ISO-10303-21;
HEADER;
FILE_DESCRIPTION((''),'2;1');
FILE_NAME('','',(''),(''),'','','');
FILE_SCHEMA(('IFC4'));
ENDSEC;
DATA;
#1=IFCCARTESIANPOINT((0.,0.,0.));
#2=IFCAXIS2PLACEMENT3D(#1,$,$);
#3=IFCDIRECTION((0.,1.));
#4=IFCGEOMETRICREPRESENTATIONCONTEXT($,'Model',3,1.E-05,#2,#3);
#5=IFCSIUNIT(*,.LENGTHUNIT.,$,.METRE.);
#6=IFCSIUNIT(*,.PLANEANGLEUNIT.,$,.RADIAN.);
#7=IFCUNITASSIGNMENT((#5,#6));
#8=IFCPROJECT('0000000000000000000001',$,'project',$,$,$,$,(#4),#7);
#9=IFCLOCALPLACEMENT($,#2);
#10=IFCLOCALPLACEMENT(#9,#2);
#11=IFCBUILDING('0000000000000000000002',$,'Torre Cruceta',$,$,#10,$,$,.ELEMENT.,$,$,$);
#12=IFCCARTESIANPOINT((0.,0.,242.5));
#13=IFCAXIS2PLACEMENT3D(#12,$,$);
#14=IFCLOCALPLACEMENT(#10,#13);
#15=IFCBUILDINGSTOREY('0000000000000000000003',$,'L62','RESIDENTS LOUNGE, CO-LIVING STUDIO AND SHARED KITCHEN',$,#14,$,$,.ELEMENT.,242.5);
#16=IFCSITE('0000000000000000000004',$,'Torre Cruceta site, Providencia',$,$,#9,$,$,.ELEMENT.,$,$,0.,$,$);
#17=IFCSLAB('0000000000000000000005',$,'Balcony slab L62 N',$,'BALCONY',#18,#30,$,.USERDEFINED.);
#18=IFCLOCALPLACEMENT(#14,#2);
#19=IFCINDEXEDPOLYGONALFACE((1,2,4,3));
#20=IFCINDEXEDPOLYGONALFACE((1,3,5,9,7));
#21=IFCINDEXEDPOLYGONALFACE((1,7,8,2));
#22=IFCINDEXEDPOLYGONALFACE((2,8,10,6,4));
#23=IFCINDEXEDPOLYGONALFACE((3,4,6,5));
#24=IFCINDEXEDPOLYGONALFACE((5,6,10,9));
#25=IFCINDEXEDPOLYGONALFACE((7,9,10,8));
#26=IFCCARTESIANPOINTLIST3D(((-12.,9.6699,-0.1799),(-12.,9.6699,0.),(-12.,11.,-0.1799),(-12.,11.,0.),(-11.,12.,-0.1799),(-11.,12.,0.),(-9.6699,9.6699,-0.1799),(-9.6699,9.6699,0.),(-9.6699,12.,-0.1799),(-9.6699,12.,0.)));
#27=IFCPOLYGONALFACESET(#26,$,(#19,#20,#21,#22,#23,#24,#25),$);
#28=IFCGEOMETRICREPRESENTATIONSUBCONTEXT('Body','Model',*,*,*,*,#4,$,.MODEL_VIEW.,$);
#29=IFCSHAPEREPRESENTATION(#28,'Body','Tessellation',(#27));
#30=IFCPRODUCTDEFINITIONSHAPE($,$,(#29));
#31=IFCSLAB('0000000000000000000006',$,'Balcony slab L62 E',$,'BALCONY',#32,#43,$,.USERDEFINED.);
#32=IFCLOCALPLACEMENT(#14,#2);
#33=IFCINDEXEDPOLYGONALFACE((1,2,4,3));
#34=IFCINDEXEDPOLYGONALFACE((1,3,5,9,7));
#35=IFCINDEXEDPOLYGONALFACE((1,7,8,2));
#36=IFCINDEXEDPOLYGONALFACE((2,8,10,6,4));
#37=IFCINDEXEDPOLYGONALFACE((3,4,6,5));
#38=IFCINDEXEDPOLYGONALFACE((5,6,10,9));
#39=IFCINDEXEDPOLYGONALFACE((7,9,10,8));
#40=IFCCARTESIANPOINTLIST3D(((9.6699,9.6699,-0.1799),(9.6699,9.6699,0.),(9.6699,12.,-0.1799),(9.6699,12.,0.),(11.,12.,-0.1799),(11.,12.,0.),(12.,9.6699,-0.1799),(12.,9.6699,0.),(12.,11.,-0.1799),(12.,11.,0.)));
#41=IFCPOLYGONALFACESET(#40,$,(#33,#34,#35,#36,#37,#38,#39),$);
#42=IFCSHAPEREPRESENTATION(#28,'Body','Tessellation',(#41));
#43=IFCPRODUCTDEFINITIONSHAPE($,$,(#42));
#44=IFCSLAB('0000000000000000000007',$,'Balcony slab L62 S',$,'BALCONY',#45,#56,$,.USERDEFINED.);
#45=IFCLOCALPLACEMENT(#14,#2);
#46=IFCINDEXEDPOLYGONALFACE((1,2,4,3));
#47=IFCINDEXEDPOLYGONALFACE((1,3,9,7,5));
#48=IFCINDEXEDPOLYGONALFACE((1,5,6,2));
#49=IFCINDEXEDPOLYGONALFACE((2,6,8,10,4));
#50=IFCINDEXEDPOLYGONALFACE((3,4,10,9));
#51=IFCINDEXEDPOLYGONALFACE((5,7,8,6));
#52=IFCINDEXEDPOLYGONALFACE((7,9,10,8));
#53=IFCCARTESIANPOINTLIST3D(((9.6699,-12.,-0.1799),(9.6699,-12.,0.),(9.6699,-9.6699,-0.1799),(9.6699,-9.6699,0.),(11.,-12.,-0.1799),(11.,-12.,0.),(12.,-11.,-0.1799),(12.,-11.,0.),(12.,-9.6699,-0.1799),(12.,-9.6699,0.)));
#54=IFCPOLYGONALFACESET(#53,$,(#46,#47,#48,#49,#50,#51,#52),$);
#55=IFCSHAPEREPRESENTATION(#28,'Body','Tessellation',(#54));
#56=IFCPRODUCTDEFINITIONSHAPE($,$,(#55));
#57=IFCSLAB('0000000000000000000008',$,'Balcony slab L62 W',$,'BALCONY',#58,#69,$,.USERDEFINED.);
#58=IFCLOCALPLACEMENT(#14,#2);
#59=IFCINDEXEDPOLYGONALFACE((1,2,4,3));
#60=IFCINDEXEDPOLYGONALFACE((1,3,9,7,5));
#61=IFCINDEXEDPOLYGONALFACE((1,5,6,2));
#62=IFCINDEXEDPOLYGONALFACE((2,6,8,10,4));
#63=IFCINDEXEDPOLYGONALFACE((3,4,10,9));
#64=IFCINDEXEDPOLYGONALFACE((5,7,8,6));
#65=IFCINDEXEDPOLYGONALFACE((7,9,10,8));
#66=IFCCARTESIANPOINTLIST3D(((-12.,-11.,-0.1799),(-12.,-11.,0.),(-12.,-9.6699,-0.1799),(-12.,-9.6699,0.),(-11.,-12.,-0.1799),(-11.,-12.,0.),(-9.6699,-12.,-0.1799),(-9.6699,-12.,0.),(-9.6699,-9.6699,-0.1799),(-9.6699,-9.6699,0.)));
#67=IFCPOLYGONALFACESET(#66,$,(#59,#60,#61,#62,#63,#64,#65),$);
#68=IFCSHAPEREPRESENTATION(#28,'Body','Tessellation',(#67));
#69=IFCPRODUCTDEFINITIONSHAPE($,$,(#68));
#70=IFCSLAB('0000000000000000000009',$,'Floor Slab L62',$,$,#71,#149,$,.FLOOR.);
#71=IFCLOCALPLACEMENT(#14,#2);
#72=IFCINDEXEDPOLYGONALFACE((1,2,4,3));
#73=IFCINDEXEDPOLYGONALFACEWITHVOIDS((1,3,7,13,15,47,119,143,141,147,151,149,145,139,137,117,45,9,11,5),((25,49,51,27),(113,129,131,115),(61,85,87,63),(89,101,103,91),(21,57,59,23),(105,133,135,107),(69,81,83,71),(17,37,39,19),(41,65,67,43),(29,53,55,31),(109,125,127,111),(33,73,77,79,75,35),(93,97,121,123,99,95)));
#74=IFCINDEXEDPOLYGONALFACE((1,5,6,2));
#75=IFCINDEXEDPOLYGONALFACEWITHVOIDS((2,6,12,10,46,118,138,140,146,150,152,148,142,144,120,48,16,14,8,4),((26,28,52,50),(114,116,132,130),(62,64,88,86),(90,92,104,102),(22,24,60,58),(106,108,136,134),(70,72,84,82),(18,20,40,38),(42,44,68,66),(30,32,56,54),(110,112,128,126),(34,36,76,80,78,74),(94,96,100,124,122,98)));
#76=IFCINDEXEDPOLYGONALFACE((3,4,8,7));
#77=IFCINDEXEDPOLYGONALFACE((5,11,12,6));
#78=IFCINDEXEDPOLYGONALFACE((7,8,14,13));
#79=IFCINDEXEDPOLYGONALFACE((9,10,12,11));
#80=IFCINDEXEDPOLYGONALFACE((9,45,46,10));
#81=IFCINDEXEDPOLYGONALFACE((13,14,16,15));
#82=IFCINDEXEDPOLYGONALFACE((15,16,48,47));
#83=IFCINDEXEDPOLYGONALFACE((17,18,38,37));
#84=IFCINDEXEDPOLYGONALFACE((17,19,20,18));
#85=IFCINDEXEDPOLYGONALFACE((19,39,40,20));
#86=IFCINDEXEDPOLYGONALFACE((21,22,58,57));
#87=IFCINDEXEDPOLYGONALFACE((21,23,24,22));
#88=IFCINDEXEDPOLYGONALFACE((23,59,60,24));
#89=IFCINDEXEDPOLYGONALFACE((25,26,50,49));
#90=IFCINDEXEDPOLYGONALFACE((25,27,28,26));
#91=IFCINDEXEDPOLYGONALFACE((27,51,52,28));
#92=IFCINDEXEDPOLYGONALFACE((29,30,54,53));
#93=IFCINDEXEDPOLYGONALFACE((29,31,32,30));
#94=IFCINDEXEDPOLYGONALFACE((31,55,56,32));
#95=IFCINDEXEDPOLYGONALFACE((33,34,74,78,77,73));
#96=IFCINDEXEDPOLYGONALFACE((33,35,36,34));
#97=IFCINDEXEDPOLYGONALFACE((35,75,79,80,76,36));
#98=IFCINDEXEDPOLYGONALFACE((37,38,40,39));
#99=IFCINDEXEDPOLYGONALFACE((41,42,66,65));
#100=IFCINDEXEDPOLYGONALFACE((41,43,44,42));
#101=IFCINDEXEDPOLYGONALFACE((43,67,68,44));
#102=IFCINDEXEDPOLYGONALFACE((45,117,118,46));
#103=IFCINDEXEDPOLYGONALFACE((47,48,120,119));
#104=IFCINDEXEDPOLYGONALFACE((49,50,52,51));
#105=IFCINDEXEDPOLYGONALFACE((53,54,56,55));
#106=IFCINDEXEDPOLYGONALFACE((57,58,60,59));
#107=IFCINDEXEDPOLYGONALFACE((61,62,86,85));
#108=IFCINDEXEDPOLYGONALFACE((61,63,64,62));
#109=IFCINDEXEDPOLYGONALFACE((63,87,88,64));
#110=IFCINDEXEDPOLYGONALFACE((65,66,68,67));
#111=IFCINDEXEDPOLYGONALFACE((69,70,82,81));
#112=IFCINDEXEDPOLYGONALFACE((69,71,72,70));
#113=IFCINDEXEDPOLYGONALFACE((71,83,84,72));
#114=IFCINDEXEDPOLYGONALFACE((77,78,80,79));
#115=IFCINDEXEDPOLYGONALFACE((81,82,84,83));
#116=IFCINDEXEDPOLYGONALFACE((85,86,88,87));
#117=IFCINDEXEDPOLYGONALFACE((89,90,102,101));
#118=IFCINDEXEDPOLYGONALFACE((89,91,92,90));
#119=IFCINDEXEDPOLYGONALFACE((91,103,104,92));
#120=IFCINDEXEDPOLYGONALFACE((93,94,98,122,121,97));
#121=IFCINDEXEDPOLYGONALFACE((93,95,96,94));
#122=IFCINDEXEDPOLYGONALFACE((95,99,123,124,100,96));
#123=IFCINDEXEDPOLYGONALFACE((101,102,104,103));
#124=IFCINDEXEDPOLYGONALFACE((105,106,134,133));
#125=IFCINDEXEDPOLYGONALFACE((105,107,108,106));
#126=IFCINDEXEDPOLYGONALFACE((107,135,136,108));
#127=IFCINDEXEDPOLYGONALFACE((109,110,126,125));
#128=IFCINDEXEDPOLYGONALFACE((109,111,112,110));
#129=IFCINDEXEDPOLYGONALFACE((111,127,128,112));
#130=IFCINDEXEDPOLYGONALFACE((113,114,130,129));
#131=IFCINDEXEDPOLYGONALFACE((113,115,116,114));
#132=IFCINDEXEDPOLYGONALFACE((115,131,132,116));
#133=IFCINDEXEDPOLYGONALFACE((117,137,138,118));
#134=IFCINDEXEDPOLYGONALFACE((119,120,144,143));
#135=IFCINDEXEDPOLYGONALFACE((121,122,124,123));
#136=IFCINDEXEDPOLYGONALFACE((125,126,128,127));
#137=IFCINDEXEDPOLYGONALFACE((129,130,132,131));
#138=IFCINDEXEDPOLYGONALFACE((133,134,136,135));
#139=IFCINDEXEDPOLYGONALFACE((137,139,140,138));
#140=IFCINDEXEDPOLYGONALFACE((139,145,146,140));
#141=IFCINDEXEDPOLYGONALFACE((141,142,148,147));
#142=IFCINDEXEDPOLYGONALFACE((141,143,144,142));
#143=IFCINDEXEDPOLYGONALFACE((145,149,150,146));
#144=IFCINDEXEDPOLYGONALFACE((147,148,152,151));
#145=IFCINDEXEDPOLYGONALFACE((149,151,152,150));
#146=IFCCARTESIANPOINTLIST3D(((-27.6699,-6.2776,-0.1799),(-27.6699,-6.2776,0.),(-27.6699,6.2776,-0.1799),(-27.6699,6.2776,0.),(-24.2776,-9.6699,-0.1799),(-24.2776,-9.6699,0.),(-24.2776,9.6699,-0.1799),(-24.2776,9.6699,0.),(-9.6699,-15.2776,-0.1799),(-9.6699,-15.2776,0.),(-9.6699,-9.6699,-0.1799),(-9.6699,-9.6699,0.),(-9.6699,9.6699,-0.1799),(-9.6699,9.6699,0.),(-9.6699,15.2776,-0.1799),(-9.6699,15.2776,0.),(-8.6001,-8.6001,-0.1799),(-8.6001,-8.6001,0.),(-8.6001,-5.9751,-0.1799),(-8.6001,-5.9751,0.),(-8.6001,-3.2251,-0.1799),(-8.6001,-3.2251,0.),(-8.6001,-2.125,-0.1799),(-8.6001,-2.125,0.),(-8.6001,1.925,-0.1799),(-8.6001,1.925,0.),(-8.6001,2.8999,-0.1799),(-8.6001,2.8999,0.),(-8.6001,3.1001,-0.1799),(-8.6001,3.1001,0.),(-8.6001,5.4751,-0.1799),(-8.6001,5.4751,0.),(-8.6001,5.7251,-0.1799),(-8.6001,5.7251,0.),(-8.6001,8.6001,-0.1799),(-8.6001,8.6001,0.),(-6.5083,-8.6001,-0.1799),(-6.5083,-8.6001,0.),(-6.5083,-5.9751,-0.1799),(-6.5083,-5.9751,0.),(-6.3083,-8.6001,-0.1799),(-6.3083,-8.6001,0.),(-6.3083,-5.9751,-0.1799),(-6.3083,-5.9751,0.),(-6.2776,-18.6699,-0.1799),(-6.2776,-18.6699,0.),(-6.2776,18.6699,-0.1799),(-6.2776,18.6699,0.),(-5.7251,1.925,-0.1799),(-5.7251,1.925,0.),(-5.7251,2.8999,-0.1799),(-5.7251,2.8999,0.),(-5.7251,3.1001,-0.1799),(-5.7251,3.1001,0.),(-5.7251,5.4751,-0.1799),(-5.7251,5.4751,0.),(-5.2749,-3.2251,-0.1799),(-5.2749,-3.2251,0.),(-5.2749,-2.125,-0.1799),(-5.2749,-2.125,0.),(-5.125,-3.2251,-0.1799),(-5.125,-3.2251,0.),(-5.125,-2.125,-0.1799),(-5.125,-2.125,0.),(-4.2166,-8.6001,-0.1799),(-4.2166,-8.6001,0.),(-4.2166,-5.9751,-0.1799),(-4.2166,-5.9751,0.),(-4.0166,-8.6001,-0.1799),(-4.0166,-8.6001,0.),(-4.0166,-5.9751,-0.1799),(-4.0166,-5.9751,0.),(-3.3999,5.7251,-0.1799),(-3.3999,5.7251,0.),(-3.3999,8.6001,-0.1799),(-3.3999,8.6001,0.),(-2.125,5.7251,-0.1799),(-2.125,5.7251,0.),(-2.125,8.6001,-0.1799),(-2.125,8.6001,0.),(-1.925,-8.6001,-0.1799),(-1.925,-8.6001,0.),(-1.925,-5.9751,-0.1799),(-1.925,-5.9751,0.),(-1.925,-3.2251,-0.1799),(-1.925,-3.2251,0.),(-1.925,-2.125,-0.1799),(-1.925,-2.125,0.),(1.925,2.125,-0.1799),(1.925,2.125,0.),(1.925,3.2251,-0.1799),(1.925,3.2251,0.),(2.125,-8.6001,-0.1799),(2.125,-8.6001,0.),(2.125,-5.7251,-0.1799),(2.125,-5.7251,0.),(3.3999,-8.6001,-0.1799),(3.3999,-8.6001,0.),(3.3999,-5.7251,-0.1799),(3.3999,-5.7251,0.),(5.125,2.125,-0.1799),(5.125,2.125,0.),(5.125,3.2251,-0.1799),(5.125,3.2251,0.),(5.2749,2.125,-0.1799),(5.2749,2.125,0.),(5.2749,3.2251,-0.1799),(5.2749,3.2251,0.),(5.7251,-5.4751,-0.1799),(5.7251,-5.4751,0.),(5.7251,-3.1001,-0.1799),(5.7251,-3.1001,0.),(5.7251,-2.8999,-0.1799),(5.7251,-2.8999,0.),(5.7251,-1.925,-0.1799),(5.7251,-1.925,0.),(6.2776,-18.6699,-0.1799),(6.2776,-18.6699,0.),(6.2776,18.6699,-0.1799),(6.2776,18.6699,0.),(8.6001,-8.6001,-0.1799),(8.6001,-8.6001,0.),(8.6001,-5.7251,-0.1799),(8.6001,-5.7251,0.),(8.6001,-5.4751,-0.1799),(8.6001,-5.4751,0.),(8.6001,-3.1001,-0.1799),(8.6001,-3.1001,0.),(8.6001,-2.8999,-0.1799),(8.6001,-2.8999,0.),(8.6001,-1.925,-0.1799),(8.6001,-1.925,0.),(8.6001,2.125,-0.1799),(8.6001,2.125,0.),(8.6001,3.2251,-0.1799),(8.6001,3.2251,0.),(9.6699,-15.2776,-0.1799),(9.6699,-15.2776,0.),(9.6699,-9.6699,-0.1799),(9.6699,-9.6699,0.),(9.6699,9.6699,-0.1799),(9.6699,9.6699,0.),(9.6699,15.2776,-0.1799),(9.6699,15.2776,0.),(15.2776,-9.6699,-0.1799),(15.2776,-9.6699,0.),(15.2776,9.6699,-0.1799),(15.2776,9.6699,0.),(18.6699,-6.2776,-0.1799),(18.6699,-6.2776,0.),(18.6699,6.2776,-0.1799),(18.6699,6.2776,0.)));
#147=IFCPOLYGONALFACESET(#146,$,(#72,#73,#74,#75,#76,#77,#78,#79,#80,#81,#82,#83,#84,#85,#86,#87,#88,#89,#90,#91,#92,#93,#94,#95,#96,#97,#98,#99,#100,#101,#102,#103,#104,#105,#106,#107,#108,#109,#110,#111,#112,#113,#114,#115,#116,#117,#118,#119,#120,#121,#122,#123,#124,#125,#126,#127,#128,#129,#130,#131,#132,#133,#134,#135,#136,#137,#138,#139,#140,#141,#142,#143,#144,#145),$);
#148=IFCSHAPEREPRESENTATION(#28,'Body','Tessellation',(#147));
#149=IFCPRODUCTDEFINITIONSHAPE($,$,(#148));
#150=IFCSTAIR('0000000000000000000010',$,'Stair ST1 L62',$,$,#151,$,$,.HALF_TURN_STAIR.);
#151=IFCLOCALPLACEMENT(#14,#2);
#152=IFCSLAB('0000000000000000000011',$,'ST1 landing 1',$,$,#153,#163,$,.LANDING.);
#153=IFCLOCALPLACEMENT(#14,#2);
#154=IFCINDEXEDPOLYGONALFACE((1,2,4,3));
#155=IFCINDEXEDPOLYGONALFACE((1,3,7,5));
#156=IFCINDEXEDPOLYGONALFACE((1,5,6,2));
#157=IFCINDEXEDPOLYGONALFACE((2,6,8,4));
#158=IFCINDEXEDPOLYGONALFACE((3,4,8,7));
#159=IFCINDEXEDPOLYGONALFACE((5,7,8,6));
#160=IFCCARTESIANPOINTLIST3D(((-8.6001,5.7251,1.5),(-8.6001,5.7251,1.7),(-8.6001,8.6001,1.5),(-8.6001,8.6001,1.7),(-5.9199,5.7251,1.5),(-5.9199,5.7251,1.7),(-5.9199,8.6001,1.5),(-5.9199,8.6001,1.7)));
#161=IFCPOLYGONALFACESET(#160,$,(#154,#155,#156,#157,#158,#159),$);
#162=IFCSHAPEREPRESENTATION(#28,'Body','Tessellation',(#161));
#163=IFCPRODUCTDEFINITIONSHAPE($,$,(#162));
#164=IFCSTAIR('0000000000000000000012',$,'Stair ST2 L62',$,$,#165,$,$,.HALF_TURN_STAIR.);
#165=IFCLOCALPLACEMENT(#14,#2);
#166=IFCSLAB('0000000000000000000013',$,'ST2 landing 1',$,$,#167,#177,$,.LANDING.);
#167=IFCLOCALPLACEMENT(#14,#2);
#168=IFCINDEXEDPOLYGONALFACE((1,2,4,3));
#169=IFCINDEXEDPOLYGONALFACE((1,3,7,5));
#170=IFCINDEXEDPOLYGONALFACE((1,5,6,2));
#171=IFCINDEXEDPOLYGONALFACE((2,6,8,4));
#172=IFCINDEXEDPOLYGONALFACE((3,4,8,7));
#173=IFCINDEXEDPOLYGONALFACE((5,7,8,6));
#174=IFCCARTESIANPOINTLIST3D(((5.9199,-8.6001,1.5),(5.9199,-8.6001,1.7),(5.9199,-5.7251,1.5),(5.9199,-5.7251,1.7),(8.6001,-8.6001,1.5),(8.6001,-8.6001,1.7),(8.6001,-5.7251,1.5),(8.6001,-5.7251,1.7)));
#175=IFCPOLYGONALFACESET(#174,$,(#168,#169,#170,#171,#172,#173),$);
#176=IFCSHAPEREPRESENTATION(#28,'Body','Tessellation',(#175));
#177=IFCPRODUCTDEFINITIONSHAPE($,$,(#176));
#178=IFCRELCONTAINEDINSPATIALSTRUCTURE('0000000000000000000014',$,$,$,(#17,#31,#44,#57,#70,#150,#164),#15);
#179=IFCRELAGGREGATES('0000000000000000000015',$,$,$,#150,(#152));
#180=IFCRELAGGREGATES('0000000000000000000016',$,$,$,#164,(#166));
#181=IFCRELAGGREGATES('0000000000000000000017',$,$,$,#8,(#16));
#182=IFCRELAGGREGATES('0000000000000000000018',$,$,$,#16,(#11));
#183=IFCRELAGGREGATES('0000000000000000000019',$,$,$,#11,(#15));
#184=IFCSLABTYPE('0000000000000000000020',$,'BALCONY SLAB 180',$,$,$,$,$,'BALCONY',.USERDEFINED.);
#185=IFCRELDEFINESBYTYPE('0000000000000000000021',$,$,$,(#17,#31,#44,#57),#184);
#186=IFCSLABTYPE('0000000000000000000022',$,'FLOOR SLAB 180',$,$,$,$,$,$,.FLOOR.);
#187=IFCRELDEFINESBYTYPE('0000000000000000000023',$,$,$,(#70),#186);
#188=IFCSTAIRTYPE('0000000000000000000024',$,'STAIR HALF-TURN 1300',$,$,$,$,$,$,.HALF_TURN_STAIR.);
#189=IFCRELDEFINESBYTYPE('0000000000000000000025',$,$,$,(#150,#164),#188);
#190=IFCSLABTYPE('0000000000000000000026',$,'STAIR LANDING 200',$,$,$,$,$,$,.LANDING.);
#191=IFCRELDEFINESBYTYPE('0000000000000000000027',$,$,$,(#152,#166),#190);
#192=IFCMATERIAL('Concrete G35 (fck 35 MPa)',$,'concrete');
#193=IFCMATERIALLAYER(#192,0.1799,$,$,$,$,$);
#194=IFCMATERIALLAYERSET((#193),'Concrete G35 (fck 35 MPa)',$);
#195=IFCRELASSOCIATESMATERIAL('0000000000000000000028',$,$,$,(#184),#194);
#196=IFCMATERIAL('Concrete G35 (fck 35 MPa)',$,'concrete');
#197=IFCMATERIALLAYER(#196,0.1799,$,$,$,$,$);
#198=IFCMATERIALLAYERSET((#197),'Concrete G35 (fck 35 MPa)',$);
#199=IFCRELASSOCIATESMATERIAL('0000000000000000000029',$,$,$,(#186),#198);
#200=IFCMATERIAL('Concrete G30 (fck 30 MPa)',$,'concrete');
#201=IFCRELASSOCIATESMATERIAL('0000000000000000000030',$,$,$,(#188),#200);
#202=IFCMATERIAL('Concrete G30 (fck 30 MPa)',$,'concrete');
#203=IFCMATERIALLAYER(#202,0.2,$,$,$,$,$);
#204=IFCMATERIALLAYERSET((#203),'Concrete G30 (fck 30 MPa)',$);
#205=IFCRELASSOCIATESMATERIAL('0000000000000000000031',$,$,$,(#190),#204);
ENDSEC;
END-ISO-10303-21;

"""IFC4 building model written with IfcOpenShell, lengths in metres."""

from ifc_helpers import new_model, si_unit, direction, frame, origin, place, context, subcontext, project, spatial, polyline, outline, extrude, material, layer, layer_set, type_object, element, aggregate, save


model = new_model("IFC4")

# Units and contexts
model_context = context("Model", 3, precision=1e-05, world=origin(), true_north=direction((0.0, 1.0)))
body_context = subcontext(model_context, "Body", "Model", "MODEL_VIEW")
ifc_project = project(units=[si_unit("LENGTHUNIT", "METRE"), si_unit("PLANEANGLEUNIT", "RADIAN")], contexts=[model_context])

# Site, building, storey
site_placement = place(None, origin())
site = spatial("IfcSite", under=ifc_project, at=site_placement, Name="Torre Cruceta site, Providencia", CompositionType="ELEMENT", RefElevation=0.0)
building_placement = place(site_placement, origin())
building = spatial("IfcBuilding", under=site, at=building_placement, Name="Torre Cruceta", CompositionType="ELEMENT")
storey_placement = place(building_placement, frame((0.0, 0.0, 242.5)))
storey = spatial("IfcBuildingStorey", under=building, at=storey_placement, Name="L62", Description="RESIDENTS LOUNGE, CO-LIVING STUDIO AND SHARED KITCHEN", CompositionType="ELEMENT", Elevation=242.5)

# Slabs
ifc_material_1 = material(Name="Concrete G35 (fck 35 MPa)", Category="concrete")
ifc_layer_1 = layer(ifc_material_1, 0.1799)
ifc_layer_set_1 = layer_set([ifc_layer_1], Name="Concrete G35 (fck 35 MPa)")
slab_type_1 = type_object("IfcSlabType", Name="BALCONY SLAB 180", ElementType="BALCONY", PredefinedType="USERDEFINED", material=ifc_layer_set_1)
slab_1_placement = place(storey_placement, frame((0.0, 0.0, -0.1799)))
element("IfcSlab", 1, at=slab_1_placement, inside=storey, type_object=slab_type_1, Name="Balcony slab L62 N", ObjectType="BALCONY", PredefinedType="USERDEFINED", context=body_context, shape_type="SweptSolid", body=[
    extrude(outline(polyline([(-12.0, 11.0), (-11.0, 12.0), (-9.6699, 12.0), (-9.6699, 9.6699), (-12.0, 9.6699), (-12.0, 11.0)])), origin(), (0.0, 0.0, 1.0), 0.1799),
])
slab_2_placement = place(storey_placement, frame((0.0, 0.0, -0.1799)))
element("IfcSlab", 2, at=slab_2_placement, inside=storey, type_object=slab_type_1, Name="Balcony slab L62 E", ObjectType="BALCONY", PredefinedType="USERDEFINED", context=body_context, shape_type="SweptSolid", body=[
    extrude(outline(polyline([(11.0, 12.0), (12.0, 11.0), (12.0, 9.6699), (9.6699, 9.6699), (9.6699, 12.0), (11.0, 12.0)])), origin(), (0.0, 0.0, 1.0), 0.1799),
])
slab_3_placement = place(storey_placement, frame((0.0, 0.0, -0.1799)))
element("IfcSlab", 3, at=slab_3_placement, inside=storey, type_object=slab_type_1, Name="Balcony slab L62 S", ObjectType="BALCONY", PredefinedType="USERDEFINED", context=body_context, shape_type="SweptSolid", body=[
    extrude(outline(polyline([(12.0, -11.0), (11.0, -12.0), (9.6699, -12.0), (9.6699, -9.6699), (12.0, -9.6699), (12.0, -11.0)])), origin(), (0.0, 0.0, 1.0), 0.1799),
])
slab_4_placement = place(storey_placement, frame((0.0, 0.0, -0.1799)))
element("IfcSlab", 4, at=slab_4_placement, inside=storey, type_object=slab_type_1, Name="Balcony slab L62 W", ObjectType="BALCONY", PredefinedType="USERDEFINED", context=body_context, shape_type="SweptSolid", body=[
    extrude(outline(polyline([(-11.0, -12.0), (-12.0, -11.0), (-12.0, -9.6699), (-9.6699, -9.6699), (-9.6699, -12.0), (-11.0, -12.0)])), origin(), (0.0, 0.0, 1.0), 0.1799),
])
ifc_material_2 = material(Name="Concrete G35 (fck 35 MPa)", Category="concrete")
ifc_layer_2 = layer(ifc_material_2, 0.1799)
ifc_layer_set_2 = layer_set([ifc_layer_2], Name="Concrete G35 (fck 35 MPa)")
slab_type_2 = type_object("IfcSlabType", Name="FLOOR SLAB 180", PredefinedType="FLOOR", material=ifc_layer_set_2)
slab_5_placement = place(storey_placement, frame((0.0, 0.0, -0.1799)))
element("IfcSlab", 5, at=slab_5_placement, inside=storey, type_object=slab_type_2, Name="Floor Slab L62", PredefinedType="FLOOR", context=body_context, shape_type="SweptSolid", body=[
    extrude(outline(polyline([(9.6699, -9.6699), (9.6699, -15.2776), (6.2776, -18.6699), (-6.2776, -18.6699), (-9.6699, -15.2776), (-9.6699, -9.6699), (-24.2776, -9.6699), (-27.6699, -6.2776), (-27.6699, 6.2776), (-24.2776, 9.6699), (-9.6699, 9.6699), (-9.6699, 15.2776), (-6.2776, 18.6699), (6.2776, 18.6699), (9.6699, 15.2776), (9.6699, 9.6699), (15.2776, 9.6699), (18.6699, 6.2776), (18.6699, -6.2776), (15.2776, -9.6699), (9.6699, -9.6699)]), holes=[polyline([(1.925, 2.125), (5.125, 2.125), (5.125, 3.2251), (1.925, 3.2251), (1.925, 2.125)]), polyline([(5.2749, 2.125), (8.6001, 2.125), (8.6001, 3.2251), (5.2749, 3.2251), (5.2749, 2.125)]), polyline([(-8.6001, 3.1001), (-5.7251, 3.1001), (-5.7251, 5.4751), (-8.6001, 5.4751), (-8.6001, 3.1001)]), polyline([(-8.6001, 1.925), (-5.7251, 1.925), (-5.7251, 2.8999), (-8.6001, 2.8999), (-8.6001, 1.925)]), polyline([(-4.0166, -8.6001), (-1.925, -8.6001), (-1.925, -5.9751), (-4.0166, -5.9751), (-4.0166, -8.6001)]), polyline([(-6.3083, -8.6001), (-4.2166, -8.6001), (-4.2166, -5.9751), (-6.3083, -5.9751), (-6.3083, -8.6001)]), polyline([(-8.6001, -8.6001), (-6.5083, -8.6001), (-6.5083, -5.9751), (-8.6001, -5.9751), (-8.6001, -8.6001)]), polyline([(-5.125, -3.2251), (-1.925, -3.2251), (-1.925, -2.125), (-5.125, -2.125), (-5.125, -3.2251)]), polyline([(-8.6001, -3.2251), (-5.2749, -3.2251), (-5.2749, -2.125), (-8.6001, -2.125), (-8.6001, -3.2251)]), polyline([(5.7251, -5.4751), (8.6001, -5.4751), (8.6001, -3.1001), (5.7251, -3.1001), (5.7251, -5.4751)]), polyline([(5.7251, -2.8999), (8.6001, -2.8999), (8.6001, -1.925), (5.7251, -1.925), (5.7251, -2.8999)]), polyline([(-8.6001, 5.7251), (-8.6001, 8.6001), (-3.3999, 8.6001), (-2.125, 8.6001), (-2.125, 5.7251), (-3.3999, 5.7251), (-8.6001, 5.7251)]), polyline([(2.125, -5.7251), (3.3999, -5.7251), (8.6001, -5.7251), (8.6001, -8.6001), (3.3999, -8.6001), (2.125, -8.6001), (2.125, -5.7251)])]), origin(), (0.0, 0.0, 1.0), 0.1799),
])

# Stairs, slabs
ifc_material_3 = material(Name="Concrete G30 (fck 30 MPa)", Category="concrete")
stair_type = type_object("IfcStairType", Name="STAIR HALF-TURN 1300", PredefinedType="HALF_TURN_STAIR", material=ifc_material_3)
stair_1_placement = place(storey_placement, origin())
stair_1 = element("IfcStair", 6, at=stair_1_placement, inside=storey, type_object=stair_type, Name="Stair ST1 L62", PredefinedType="HALF_TURN_STAIR")
ifc_material_4 = material(Name="Concrete G30 (fck 30 MPa)", Category="concrete")
ifc_layer_3 = layer(ifc_material_4, 0.2)
ifc_layer_set_3 = layer_set([ifc_layer_3], Name="Concrete G30 (fck 30 MPa)")
slab_type_3 = type_object("IfcSlabType", Name="STAIR LANDING 200", PredefinedType="LANDING", material=ifc_layer_set_3)
slab_6_placement = place(storey_placement, frame((0.0, 0.0, 1.5)))
slab_6 = element("IfcSlab", 7, at=slab_6_placement, type_object=slab_type_3, Name="ST1 landing 1", PredefinedType="LANDING", context=body_context, shape_type="SweptSolid", body=[
    extrude(outline(polyline([(-8.6001, 5.7251), (-5.9199, 5.7251), (-5.9199, 8.6001), (-8.6001, 8.6001), (-8.6001, 5.7251)])), origin(), (0.0, 0.0, 1.0), 0.2),
])
aggregate(stair_1, [slab_6])
stair_2_placement = place(storey_placement, origin())
stair_2 = element("IfcStair", 8, at=stair_2_placement, inside=storey, type_object=stair_type, Name="Stair ST2 L62", PredefinedType="HALF_TURN_STAIR")
slab_7_placement = place(storey_placement, frame((0.0, 0.0, 1.5)))
slab_7 = element("IfcSlab", 9, at=slab_7_placement, type_object=slab_type_3, Name="ST2 landing 1", PredefinedType="LANDING", context=body_context, shape_type="SweptSolid", body=[
    extrude(outline(polyline([(5.9199, -8.6001), (8.6001, -8.6001), (8.6001, -5.7251), (5.9199, -5.7251), (5.9199, -8.6001)])), origin(), (0.0, 0.0, 1.0), 0.2),
])
aggregate(stair_2, [slab_7])

save(model, "model.ifc")
